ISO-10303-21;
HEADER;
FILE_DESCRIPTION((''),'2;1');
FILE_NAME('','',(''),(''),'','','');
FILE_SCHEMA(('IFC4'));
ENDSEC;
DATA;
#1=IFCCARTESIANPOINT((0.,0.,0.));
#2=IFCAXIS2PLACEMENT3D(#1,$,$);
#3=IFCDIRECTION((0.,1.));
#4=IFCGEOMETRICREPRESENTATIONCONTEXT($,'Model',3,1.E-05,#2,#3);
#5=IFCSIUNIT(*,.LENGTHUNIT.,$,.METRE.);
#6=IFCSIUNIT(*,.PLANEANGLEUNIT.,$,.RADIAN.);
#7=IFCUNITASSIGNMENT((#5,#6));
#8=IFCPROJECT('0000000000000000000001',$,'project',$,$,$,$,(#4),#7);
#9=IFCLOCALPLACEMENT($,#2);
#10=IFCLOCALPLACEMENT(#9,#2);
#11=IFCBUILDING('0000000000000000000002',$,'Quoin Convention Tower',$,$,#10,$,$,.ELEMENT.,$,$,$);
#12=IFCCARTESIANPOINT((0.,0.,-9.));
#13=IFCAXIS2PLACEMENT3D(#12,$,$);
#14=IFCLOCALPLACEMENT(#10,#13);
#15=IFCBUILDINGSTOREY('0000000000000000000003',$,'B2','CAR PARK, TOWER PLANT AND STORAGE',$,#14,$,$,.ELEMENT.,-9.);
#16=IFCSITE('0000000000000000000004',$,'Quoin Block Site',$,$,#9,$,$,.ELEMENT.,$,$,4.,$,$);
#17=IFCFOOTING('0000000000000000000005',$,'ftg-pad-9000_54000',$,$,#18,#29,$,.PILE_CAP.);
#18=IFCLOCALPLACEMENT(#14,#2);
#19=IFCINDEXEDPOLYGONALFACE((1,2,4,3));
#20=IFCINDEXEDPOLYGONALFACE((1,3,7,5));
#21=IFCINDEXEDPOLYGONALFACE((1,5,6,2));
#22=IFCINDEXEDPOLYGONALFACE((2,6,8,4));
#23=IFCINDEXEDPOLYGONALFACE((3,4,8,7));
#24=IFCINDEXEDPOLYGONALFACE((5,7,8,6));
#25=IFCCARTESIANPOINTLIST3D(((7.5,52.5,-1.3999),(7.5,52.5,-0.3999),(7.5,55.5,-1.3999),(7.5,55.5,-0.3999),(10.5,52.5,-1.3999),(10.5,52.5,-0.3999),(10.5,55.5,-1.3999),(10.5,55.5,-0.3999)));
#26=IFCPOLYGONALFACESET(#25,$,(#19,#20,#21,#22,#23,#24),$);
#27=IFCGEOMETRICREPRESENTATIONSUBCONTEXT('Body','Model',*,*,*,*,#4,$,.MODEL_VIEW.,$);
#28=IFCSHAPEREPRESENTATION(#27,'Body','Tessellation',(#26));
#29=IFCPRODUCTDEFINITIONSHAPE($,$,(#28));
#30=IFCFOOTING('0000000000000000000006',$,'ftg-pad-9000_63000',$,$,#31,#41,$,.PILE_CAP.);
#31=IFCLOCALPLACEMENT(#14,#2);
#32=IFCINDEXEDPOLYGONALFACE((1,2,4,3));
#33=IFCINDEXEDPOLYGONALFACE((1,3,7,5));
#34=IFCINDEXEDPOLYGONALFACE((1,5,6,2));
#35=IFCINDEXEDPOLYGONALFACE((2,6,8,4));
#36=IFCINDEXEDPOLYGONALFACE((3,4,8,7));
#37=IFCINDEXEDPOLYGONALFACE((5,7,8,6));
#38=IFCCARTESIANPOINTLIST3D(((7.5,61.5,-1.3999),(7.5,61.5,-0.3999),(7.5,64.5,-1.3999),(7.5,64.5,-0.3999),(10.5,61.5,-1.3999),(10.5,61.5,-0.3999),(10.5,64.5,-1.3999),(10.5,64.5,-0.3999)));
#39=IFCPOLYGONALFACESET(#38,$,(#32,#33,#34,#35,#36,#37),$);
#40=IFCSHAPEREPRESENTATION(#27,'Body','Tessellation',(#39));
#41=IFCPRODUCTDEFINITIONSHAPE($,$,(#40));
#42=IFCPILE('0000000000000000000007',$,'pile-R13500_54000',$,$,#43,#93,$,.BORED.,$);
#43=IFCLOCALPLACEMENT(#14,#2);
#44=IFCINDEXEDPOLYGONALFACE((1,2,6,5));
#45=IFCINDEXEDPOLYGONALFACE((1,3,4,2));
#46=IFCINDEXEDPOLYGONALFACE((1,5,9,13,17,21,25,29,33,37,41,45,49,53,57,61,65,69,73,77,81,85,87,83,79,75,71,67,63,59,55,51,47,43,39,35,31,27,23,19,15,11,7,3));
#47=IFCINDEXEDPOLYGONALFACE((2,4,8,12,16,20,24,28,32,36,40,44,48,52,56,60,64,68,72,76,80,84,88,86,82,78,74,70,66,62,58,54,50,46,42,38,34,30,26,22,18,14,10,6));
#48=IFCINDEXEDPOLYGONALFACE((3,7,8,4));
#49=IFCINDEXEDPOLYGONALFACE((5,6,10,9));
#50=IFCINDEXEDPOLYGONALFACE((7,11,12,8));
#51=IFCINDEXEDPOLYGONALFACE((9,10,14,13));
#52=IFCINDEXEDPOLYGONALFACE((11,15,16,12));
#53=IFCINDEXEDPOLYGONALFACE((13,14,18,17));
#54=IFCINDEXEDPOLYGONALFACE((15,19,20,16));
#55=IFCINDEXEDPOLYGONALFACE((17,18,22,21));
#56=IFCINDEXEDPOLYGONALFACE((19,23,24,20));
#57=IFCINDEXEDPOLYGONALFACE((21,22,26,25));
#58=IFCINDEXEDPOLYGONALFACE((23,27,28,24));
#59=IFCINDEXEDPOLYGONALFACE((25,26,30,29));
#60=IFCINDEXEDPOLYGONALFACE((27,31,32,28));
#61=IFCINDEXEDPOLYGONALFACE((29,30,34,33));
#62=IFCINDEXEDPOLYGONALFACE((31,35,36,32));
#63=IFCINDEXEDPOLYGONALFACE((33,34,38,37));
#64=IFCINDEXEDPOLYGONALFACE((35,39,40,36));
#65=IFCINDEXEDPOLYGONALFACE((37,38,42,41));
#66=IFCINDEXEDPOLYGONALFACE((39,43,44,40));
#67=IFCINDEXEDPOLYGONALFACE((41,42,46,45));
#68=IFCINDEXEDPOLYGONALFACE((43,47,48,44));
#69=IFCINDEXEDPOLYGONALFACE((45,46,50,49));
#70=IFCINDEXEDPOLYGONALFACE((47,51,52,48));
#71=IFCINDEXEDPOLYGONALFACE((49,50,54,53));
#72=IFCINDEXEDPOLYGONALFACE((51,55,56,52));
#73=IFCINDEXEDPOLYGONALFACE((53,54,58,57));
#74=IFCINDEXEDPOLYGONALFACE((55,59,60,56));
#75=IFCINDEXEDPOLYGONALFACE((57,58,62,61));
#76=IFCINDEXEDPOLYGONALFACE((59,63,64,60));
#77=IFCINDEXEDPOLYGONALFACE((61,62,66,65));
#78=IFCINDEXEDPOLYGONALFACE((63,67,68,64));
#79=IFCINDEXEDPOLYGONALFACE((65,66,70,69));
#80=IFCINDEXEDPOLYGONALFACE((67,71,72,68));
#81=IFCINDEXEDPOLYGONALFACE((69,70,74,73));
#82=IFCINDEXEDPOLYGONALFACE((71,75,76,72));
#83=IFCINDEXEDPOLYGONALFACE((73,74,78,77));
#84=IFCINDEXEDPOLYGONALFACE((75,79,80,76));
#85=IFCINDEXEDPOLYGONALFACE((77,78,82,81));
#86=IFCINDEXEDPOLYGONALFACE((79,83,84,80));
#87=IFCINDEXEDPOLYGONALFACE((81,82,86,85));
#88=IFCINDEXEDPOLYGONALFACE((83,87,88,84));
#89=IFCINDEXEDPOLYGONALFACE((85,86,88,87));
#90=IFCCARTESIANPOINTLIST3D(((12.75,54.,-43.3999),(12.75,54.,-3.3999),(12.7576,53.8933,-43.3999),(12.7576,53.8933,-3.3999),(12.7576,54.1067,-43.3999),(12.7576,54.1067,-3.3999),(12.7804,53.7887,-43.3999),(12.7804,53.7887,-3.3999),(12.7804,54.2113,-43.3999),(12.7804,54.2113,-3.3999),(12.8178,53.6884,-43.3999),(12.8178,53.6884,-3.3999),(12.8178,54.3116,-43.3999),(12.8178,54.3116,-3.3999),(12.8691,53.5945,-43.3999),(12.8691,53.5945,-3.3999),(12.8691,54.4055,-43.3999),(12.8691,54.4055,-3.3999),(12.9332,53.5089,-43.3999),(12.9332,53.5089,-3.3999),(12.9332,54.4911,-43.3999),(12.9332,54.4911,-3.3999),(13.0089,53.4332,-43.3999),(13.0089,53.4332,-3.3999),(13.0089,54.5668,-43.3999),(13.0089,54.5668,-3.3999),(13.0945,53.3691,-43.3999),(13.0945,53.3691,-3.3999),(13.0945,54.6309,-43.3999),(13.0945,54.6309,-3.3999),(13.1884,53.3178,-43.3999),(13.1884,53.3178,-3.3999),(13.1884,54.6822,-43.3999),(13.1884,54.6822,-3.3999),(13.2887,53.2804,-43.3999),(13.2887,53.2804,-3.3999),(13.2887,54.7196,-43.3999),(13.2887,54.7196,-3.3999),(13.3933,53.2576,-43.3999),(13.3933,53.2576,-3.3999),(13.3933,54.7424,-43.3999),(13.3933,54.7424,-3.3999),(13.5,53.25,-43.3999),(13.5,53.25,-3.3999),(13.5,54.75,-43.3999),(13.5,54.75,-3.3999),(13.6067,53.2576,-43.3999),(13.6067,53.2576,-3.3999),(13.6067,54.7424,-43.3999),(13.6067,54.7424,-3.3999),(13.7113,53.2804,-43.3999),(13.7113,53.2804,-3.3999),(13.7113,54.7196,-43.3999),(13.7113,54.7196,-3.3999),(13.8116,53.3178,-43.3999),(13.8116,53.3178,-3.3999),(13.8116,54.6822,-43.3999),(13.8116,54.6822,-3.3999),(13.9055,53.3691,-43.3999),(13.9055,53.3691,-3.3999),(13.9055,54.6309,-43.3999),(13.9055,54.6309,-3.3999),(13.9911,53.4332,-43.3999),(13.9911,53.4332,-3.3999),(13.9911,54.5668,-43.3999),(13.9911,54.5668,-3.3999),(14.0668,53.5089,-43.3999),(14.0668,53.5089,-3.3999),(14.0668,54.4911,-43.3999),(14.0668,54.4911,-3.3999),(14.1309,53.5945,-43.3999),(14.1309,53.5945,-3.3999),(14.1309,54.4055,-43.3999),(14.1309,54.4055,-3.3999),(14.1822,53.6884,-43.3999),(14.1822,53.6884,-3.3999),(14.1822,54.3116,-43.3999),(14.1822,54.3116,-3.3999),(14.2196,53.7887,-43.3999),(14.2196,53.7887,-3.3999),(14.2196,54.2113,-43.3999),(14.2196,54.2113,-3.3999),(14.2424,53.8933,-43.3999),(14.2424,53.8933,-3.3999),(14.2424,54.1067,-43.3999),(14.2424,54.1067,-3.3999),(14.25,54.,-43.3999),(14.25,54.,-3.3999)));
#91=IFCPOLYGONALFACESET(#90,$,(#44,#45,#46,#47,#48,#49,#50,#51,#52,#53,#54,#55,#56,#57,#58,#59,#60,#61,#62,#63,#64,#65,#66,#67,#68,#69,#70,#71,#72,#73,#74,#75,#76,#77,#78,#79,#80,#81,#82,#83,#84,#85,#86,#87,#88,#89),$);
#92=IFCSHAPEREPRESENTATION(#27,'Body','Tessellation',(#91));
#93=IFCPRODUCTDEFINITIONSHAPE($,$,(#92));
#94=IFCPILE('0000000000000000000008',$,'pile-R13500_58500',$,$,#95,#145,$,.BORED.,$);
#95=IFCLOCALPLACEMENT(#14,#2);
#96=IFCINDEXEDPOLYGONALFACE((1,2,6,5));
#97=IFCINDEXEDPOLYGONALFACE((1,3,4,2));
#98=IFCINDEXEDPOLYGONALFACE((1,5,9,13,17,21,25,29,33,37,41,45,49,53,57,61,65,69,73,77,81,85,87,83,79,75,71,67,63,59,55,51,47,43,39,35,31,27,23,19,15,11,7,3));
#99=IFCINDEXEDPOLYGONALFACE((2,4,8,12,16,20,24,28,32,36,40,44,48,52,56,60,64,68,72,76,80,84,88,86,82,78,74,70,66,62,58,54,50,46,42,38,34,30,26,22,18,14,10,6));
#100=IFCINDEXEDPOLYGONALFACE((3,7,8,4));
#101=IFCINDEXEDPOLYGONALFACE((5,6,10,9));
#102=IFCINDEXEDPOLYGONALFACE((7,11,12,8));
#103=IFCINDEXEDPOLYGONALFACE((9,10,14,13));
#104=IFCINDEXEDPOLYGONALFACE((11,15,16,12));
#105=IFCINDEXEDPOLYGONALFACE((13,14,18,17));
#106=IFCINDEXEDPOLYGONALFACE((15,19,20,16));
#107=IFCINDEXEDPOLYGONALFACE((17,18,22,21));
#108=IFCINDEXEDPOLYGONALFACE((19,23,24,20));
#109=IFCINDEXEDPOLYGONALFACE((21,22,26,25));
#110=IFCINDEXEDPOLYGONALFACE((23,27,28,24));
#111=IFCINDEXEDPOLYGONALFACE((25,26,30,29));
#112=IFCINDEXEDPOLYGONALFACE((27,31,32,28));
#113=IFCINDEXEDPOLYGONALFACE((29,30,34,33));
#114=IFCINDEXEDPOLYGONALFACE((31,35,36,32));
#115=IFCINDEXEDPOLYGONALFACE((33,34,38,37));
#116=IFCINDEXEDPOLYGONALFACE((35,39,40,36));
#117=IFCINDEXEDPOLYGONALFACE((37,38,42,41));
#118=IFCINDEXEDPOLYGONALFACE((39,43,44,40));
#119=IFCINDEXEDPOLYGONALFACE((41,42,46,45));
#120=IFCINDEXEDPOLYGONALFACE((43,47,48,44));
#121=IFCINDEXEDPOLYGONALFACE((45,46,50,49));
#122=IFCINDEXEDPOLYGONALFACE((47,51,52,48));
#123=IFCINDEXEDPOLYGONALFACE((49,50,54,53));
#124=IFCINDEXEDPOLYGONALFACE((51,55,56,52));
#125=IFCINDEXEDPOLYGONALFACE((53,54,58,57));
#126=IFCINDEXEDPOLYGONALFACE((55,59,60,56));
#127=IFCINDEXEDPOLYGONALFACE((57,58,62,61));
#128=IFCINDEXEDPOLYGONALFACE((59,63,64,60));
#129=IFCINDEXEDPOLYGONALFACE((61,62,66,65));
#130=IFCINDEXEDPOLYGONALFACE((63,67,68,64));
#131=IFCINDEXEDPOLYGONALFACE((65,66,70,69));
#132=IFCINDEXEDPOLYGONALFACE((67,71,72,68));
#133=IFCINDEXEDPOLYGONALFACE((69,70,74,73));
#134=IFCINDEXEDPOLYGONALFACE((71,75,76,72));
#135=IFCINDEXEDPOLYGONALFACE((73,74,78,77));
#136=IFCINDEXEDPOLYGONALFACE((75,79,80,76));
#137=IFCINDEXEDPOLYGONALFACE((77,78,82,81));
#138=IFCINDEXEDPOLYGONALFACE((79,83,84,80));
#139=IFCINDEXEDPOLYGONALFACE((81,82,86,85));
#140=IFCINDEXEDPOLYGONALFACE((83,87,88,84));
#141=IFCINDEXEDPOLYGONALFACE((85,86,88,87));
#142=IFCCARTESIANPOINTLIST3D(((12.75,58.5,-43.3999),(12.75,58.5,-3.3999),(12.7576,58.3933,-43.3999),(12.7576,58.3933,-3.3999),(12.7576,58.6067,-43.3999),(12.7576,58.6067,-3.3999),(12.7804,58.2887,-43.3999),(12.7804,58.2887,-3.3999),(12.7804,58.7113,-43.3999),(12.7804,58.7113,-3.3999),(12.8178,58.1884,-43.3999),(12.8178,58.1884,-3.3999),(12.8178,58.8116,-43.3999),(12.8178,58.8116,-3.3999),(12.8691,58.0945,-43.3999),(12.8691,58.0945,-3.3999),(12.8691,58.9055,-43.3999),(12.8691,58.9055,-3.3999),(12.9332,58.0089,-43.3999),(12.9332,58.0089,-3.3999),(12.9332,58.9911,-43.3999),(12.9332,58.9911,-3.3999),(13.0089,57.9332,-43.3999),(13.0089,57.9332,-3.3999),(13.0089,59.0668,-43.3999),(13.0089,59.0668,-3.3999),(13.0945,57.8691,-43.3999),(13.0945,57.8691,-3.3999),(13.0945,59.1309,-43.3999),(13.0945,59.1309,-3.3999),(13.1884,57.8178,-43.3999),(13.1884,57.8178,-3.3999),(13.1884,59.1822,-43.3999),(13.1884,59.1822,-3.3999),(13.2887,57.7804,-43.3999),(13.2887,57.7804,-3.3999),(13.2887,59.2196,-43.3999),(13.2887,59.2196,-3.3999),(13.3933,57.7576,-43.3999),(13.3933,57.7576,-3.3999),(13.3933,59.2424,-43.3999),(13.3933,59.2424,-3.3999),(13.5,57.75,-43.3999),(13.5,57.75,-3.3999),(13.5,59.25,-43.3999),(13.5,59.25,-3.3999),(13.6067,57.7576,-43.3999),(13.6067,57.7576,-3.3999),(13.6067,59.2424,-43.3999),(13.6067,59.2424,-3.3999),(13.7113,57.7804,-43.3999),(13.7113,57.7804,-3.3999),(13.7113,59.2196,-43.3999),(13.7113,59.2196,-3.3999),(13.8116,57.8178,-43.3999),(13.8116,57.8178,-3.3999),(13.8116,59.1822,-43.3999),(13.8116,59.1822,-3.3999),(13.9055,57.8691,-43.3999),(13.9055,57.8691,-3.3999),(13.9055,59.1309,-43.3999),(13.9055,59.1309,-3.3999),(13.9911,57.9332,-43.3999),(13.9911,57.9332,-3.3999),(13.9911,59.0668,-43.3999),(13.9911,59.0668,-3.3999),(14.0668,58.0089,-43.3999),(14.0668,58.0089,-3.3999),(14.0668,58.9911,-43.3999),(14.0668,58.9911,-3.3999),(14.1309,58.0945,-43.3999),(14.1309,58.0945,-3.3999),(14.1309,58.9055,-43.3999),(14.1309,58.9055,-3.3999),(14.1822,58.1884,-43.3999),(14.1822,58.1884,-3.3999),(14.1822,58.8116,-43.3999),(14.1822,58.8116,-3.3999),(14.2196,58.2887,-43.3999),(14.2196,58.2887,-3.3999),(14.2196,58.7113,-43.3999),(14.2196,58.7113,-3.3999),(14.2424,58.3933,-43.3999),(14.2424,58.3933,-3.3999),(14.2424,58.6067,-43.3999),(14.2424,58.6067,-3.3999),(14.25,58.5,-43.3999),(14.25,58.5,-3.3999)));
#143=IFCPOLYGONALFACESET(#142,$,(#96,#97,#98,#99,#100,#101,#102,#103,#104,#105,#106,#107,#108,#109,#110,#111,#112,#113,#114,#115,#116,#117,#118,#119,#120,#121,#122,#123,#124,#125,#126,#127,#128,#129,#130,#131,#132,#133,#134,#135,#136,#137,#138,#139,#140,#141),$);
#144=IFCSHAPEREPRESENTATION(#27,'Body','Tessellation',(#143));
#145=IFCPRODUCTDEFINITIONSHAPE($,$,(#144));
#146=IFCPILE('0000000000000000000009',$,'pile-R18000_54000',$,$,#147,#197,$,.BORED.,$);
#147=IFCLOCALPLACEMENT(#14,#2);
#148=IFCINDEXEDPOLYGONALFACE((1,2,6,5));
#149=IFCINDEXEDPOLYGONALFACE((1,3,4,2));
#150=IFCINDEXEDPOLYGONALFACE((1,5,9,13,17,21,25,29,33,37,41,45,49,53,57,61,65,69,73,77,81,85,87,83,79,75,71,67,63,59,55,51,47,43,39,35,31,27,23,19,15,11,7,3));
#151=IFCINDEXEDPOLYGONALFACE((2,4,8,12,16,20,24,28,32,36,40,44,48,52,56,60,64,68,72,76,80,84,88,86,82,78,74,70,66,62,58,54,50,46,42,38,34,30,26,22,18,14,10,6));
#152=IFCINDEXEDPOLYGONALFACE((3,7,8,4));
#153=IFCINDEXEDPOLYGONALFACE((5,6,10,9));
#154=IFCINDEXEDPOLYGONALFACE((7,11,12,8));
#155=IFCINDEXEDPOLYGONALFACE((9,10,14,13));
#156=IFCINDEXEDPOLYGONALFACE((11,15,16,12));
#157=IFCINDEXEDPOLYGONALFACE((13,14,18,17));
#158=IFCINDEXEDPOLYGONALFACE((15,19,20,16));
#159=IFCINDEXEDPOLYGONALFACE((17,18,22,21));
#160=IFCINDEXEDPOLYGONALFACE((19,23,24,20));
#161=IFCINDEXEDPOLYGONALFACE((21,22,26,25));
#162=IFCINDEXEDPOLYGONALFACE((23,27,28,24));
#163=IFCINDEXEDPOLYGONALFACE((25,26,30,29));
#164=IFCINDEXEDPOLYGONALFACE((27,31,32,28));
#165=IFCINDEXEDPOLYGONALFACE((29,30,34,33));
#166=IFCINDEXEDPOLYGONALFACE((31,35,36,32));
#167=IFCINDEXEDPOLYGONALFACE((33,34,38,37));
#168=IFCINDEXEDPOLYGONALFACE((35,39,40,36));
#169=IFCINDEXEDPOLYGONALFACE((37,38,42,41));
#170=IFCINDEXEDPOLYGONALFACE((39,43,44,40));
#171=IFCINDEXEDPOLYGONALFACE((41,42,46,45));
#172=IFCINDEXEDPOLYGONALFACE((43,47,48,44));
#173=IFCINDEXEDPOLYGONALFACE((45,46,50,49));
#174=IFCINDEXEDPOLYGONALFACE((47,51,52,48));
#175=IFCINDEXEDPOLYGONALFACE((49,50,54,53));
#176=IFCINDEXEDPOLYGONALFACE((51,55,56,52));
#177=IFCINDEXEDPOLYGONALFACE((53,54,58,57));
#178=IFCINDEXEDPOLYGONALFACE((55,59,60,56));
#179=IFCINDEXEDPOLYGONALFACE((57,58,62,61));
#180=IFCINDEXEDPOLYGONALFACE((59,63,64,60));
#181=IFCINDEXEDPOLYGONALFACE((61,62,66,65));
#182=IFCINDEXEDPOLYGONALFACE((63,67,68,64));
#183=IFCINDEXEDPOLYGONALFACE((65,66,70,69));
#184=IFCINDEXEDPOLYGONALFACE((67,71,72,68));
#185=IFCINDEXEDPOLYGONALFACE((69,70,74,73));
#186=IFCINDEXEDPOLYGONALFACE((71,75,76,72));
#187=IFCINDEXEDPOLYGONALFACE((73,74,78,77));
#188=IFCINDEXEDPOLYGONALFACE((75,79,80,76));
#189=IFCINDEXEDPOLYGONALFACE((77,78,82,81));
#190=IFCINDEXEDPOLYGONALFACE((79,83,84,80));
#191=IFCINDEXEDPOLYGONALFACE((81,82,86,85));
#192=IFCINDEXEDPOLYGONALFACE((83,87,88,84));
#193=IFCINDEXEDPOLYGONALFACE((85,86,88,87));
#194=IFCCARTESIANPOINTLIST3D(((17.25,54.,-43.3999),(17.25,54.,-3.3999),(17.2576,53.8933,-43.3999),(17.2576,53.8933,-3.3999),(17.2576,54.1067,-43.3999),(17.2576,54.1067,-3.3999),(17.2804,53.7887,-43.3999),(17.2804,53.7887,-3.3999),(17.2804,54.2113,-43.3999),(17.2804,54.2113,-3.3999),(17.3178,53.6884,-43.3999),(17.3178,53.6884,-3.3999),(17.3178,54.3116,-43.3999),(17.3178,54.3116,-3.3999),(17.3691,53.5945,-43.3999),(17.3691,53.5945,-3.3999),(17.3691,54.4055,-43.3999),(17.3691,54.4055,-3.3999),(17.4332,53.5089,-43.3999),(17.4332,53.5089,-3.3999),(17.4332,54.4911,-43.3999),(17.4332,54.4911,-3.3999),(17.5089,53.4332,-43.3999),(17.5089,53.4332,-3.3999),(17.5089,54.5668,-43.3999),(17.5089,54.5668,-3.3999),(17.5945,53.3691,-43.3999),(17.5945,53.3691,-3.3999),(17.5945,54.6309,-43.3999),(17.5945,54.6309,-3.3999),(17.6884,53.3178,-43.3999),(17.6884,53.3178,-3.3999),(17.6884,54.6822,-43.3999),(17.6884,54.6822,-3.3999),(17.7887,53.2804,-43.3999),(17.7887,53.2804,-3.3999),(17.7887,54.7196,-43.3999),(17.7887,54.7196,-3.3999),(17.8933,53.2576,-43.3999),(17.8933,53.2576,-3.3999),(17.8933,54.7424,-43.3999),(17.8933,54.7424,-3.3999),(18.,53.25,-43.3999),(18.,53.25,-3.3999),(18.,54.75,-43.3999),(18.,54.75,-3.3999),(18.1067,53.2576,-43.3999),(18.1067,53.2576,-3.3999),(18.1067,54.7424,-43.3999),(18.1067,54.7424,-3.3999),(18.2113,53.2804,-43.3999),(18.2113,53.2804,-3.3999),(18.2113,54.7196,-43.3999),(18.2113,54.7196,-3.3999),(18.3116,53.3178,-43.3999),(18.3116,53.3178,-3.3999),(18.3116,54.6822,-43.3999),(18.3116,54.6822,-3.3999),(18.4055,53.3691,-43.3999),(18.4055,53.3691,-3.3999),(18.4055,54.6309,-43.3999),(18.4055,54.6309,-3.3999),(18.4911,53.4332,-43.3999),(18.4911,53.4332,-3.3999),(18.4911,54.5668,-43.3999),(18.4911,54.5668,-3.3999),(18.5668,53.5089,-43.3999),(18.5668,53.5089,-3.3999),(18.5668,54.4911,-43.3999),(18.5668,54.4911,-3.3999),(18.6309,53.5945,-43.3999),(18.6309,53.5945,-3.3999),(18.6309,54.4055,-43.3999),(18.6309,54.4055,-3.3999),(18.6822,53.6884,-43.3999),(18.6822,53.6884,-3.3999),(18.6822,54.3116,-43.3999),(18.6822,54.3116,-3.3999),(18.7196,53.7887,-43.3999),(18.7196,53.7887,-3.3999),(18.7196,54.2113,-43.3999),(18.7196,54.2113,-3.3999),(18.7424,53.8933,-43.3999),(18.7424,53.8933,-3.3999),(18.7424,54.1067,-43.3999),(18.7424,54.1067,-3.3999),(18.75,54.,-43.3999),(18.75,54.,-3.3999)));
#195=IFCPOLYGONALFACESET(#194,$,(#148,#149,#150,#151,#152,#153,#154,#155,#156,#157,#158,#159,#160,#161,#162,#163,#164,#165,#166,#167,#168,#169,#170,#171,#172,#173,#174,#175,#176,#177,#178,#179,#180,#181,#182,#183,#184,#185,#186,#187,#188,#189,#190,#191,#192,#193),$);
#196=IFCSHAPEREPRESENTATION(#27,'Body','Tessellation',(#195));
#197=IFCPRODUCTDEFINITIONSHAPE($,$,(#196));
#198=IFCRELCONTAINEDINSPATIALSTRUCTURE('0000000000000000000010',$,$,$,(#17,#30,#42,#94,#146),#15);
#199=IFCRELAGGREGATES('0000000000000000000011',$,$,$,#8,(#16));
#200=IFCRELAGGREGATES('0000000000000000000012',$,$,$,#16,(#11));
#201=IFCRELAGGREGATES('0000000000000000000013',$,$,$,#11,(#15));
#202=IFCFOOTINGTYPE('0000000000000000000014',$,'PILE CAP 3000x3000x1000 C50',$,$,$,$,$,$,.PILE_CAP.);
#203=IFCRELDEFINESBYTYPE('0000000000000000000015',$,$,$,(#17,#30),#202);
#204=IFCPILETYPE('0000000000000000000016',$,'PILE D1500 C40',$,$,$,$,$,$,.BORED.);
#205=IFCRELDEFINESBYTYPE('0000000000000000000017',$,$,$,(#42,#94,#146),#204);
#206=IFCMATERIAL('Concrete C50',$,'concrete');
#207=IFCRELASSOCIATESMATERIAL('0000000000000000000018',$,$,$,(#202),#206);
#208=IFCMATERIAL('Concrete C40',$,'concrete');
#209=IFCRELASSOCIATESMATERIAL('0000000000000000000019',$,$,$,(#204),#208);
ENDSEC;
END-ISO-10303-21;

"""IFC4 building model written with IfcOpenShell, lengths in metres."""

from ifc_helpers import new_model, si_unit, direction, frame, origin, origin_2d, place, context, subcontext, project, spatial, rectangle, circle, extrude, material, material_profile, profile_set, type_object, element, save


model = new_model("IFC4")

# Units and contexts
model_context = context("Model", 3, precision=1e-05, world=origin(), true_north=direction((0.0, 1.0)))
body_context = subcontext(model_context, "Body", "Model", "MODEL_VIEW")
ifc_project = project(units=[si_unit("LENGTHUNIT", "METRE"), si_unit("PLANEANGLEUNIT", "RADIAN")], contexts=[model_context])

# Site, building, storey
site_placement = place(None, origin())
site = spatial("IfcSite", under=ifc_project, at=site_placement, Name="Quoin Block Site", CompositionType="ELEMENT", RefElevation=4.0)
building_placement = place(site_placement, origin())
building = spatial("IfcBuilding", under=site, at=building_placement, Name="Quoin Convention Tower", CompositionType="ELEMENT")
storey_placement = place(building_placement, frame((0.0, 0.0, -9.0)))
storey = spatial("IfcBuildingStorey", under=building, at=storey_placement, Name="B2", Description="CAR PARK, TOWER PLANT AND STORAGE", CompositionType="ELEMENT", Elevation=-9.0)

# Footings
ifc_material_1 = material(Name="Concrete C50", Category="concrete")
footing_type = type_object("IfcFootingType", Name="PILE CAP 3000x3000x1000 C50", PredefinedType="PILE_CAP", material=ifc_material_1)
for number, where, z_axis, x_axis, name in (
    (1, (9.0, 54.0, -1.3999), (0.0, 0.0, 1.0), (1.0, 0.0, 0.0), "ftg-pad-9000_54000"),
    (2, (9.0, 63.0, -1.3999), (0.0, 0.0, 1.0), (1.0, 0.0, 0.0), "ftg-pad-9000_63000"),
):
    element("IfcFooting", number, at=place(storey_placement, frame(where, z_axis=z_axis, x_axis=x_axis)), inside=storey, type_object=footing_type, Name=name, PredefinedType="PILE_CAP", context=body_context, shape_type="SweptSolid", body=[
        extrude(rectangle(XDim=3.0, YDim=3.0, at=origin_2d()), origin(), (0.0, 0.0, 1.0), 1.0),
    ])

# Piles
ifc_material_2 = material(Name="Concrete C40", Category="concrete")
ifc_material_profile_1 = material_profile(ifc_material_2, circle(Radius=0.75, at=origin_2d()), Name="D1500")
ifc_profile_set_1 = profile_set([ifc_material_profile_1], Name="Concrete C40")
pile_type = type_object("IfcPileType", Name="PILE D1500 C40", PredefinedType="BORED", material=ifc_profile_set_1)
for number, where, z_axis, x_axis, name in (
    (3, (13.5, 54.0, -3.3999), (0.0, 0.0, -1.0), (1.0, 0.0, 0.0), "pile-R13500_54000"),
    (4, (13.5, 58.5, -3.3999), (0.0, 0.0, -1.0), (1.0, 0.0, 0.0), "pile-R13500_58500"),
    (5, (18.0, 54.0, -3.3999), (0.0, 0.0, -1.0), (1.0, 0.0, 0.0), "pile-R18000_54000"),
):
    element("IfcPile", number, at=place(storey_placement, frame(where, z_axis=z_axis, x_axis=x_axis)), inside=storey, type_object=pile_type, Name=name, PredefinedType="BORED", context=body_context, shape_type="SweptSolid", body=[
        extrude(circle(Radius=0.75, at=origin_2d()), origin(), (0.0, 0.0, 1.0), 40.0),
    ])

save(model, "model.ifc")
